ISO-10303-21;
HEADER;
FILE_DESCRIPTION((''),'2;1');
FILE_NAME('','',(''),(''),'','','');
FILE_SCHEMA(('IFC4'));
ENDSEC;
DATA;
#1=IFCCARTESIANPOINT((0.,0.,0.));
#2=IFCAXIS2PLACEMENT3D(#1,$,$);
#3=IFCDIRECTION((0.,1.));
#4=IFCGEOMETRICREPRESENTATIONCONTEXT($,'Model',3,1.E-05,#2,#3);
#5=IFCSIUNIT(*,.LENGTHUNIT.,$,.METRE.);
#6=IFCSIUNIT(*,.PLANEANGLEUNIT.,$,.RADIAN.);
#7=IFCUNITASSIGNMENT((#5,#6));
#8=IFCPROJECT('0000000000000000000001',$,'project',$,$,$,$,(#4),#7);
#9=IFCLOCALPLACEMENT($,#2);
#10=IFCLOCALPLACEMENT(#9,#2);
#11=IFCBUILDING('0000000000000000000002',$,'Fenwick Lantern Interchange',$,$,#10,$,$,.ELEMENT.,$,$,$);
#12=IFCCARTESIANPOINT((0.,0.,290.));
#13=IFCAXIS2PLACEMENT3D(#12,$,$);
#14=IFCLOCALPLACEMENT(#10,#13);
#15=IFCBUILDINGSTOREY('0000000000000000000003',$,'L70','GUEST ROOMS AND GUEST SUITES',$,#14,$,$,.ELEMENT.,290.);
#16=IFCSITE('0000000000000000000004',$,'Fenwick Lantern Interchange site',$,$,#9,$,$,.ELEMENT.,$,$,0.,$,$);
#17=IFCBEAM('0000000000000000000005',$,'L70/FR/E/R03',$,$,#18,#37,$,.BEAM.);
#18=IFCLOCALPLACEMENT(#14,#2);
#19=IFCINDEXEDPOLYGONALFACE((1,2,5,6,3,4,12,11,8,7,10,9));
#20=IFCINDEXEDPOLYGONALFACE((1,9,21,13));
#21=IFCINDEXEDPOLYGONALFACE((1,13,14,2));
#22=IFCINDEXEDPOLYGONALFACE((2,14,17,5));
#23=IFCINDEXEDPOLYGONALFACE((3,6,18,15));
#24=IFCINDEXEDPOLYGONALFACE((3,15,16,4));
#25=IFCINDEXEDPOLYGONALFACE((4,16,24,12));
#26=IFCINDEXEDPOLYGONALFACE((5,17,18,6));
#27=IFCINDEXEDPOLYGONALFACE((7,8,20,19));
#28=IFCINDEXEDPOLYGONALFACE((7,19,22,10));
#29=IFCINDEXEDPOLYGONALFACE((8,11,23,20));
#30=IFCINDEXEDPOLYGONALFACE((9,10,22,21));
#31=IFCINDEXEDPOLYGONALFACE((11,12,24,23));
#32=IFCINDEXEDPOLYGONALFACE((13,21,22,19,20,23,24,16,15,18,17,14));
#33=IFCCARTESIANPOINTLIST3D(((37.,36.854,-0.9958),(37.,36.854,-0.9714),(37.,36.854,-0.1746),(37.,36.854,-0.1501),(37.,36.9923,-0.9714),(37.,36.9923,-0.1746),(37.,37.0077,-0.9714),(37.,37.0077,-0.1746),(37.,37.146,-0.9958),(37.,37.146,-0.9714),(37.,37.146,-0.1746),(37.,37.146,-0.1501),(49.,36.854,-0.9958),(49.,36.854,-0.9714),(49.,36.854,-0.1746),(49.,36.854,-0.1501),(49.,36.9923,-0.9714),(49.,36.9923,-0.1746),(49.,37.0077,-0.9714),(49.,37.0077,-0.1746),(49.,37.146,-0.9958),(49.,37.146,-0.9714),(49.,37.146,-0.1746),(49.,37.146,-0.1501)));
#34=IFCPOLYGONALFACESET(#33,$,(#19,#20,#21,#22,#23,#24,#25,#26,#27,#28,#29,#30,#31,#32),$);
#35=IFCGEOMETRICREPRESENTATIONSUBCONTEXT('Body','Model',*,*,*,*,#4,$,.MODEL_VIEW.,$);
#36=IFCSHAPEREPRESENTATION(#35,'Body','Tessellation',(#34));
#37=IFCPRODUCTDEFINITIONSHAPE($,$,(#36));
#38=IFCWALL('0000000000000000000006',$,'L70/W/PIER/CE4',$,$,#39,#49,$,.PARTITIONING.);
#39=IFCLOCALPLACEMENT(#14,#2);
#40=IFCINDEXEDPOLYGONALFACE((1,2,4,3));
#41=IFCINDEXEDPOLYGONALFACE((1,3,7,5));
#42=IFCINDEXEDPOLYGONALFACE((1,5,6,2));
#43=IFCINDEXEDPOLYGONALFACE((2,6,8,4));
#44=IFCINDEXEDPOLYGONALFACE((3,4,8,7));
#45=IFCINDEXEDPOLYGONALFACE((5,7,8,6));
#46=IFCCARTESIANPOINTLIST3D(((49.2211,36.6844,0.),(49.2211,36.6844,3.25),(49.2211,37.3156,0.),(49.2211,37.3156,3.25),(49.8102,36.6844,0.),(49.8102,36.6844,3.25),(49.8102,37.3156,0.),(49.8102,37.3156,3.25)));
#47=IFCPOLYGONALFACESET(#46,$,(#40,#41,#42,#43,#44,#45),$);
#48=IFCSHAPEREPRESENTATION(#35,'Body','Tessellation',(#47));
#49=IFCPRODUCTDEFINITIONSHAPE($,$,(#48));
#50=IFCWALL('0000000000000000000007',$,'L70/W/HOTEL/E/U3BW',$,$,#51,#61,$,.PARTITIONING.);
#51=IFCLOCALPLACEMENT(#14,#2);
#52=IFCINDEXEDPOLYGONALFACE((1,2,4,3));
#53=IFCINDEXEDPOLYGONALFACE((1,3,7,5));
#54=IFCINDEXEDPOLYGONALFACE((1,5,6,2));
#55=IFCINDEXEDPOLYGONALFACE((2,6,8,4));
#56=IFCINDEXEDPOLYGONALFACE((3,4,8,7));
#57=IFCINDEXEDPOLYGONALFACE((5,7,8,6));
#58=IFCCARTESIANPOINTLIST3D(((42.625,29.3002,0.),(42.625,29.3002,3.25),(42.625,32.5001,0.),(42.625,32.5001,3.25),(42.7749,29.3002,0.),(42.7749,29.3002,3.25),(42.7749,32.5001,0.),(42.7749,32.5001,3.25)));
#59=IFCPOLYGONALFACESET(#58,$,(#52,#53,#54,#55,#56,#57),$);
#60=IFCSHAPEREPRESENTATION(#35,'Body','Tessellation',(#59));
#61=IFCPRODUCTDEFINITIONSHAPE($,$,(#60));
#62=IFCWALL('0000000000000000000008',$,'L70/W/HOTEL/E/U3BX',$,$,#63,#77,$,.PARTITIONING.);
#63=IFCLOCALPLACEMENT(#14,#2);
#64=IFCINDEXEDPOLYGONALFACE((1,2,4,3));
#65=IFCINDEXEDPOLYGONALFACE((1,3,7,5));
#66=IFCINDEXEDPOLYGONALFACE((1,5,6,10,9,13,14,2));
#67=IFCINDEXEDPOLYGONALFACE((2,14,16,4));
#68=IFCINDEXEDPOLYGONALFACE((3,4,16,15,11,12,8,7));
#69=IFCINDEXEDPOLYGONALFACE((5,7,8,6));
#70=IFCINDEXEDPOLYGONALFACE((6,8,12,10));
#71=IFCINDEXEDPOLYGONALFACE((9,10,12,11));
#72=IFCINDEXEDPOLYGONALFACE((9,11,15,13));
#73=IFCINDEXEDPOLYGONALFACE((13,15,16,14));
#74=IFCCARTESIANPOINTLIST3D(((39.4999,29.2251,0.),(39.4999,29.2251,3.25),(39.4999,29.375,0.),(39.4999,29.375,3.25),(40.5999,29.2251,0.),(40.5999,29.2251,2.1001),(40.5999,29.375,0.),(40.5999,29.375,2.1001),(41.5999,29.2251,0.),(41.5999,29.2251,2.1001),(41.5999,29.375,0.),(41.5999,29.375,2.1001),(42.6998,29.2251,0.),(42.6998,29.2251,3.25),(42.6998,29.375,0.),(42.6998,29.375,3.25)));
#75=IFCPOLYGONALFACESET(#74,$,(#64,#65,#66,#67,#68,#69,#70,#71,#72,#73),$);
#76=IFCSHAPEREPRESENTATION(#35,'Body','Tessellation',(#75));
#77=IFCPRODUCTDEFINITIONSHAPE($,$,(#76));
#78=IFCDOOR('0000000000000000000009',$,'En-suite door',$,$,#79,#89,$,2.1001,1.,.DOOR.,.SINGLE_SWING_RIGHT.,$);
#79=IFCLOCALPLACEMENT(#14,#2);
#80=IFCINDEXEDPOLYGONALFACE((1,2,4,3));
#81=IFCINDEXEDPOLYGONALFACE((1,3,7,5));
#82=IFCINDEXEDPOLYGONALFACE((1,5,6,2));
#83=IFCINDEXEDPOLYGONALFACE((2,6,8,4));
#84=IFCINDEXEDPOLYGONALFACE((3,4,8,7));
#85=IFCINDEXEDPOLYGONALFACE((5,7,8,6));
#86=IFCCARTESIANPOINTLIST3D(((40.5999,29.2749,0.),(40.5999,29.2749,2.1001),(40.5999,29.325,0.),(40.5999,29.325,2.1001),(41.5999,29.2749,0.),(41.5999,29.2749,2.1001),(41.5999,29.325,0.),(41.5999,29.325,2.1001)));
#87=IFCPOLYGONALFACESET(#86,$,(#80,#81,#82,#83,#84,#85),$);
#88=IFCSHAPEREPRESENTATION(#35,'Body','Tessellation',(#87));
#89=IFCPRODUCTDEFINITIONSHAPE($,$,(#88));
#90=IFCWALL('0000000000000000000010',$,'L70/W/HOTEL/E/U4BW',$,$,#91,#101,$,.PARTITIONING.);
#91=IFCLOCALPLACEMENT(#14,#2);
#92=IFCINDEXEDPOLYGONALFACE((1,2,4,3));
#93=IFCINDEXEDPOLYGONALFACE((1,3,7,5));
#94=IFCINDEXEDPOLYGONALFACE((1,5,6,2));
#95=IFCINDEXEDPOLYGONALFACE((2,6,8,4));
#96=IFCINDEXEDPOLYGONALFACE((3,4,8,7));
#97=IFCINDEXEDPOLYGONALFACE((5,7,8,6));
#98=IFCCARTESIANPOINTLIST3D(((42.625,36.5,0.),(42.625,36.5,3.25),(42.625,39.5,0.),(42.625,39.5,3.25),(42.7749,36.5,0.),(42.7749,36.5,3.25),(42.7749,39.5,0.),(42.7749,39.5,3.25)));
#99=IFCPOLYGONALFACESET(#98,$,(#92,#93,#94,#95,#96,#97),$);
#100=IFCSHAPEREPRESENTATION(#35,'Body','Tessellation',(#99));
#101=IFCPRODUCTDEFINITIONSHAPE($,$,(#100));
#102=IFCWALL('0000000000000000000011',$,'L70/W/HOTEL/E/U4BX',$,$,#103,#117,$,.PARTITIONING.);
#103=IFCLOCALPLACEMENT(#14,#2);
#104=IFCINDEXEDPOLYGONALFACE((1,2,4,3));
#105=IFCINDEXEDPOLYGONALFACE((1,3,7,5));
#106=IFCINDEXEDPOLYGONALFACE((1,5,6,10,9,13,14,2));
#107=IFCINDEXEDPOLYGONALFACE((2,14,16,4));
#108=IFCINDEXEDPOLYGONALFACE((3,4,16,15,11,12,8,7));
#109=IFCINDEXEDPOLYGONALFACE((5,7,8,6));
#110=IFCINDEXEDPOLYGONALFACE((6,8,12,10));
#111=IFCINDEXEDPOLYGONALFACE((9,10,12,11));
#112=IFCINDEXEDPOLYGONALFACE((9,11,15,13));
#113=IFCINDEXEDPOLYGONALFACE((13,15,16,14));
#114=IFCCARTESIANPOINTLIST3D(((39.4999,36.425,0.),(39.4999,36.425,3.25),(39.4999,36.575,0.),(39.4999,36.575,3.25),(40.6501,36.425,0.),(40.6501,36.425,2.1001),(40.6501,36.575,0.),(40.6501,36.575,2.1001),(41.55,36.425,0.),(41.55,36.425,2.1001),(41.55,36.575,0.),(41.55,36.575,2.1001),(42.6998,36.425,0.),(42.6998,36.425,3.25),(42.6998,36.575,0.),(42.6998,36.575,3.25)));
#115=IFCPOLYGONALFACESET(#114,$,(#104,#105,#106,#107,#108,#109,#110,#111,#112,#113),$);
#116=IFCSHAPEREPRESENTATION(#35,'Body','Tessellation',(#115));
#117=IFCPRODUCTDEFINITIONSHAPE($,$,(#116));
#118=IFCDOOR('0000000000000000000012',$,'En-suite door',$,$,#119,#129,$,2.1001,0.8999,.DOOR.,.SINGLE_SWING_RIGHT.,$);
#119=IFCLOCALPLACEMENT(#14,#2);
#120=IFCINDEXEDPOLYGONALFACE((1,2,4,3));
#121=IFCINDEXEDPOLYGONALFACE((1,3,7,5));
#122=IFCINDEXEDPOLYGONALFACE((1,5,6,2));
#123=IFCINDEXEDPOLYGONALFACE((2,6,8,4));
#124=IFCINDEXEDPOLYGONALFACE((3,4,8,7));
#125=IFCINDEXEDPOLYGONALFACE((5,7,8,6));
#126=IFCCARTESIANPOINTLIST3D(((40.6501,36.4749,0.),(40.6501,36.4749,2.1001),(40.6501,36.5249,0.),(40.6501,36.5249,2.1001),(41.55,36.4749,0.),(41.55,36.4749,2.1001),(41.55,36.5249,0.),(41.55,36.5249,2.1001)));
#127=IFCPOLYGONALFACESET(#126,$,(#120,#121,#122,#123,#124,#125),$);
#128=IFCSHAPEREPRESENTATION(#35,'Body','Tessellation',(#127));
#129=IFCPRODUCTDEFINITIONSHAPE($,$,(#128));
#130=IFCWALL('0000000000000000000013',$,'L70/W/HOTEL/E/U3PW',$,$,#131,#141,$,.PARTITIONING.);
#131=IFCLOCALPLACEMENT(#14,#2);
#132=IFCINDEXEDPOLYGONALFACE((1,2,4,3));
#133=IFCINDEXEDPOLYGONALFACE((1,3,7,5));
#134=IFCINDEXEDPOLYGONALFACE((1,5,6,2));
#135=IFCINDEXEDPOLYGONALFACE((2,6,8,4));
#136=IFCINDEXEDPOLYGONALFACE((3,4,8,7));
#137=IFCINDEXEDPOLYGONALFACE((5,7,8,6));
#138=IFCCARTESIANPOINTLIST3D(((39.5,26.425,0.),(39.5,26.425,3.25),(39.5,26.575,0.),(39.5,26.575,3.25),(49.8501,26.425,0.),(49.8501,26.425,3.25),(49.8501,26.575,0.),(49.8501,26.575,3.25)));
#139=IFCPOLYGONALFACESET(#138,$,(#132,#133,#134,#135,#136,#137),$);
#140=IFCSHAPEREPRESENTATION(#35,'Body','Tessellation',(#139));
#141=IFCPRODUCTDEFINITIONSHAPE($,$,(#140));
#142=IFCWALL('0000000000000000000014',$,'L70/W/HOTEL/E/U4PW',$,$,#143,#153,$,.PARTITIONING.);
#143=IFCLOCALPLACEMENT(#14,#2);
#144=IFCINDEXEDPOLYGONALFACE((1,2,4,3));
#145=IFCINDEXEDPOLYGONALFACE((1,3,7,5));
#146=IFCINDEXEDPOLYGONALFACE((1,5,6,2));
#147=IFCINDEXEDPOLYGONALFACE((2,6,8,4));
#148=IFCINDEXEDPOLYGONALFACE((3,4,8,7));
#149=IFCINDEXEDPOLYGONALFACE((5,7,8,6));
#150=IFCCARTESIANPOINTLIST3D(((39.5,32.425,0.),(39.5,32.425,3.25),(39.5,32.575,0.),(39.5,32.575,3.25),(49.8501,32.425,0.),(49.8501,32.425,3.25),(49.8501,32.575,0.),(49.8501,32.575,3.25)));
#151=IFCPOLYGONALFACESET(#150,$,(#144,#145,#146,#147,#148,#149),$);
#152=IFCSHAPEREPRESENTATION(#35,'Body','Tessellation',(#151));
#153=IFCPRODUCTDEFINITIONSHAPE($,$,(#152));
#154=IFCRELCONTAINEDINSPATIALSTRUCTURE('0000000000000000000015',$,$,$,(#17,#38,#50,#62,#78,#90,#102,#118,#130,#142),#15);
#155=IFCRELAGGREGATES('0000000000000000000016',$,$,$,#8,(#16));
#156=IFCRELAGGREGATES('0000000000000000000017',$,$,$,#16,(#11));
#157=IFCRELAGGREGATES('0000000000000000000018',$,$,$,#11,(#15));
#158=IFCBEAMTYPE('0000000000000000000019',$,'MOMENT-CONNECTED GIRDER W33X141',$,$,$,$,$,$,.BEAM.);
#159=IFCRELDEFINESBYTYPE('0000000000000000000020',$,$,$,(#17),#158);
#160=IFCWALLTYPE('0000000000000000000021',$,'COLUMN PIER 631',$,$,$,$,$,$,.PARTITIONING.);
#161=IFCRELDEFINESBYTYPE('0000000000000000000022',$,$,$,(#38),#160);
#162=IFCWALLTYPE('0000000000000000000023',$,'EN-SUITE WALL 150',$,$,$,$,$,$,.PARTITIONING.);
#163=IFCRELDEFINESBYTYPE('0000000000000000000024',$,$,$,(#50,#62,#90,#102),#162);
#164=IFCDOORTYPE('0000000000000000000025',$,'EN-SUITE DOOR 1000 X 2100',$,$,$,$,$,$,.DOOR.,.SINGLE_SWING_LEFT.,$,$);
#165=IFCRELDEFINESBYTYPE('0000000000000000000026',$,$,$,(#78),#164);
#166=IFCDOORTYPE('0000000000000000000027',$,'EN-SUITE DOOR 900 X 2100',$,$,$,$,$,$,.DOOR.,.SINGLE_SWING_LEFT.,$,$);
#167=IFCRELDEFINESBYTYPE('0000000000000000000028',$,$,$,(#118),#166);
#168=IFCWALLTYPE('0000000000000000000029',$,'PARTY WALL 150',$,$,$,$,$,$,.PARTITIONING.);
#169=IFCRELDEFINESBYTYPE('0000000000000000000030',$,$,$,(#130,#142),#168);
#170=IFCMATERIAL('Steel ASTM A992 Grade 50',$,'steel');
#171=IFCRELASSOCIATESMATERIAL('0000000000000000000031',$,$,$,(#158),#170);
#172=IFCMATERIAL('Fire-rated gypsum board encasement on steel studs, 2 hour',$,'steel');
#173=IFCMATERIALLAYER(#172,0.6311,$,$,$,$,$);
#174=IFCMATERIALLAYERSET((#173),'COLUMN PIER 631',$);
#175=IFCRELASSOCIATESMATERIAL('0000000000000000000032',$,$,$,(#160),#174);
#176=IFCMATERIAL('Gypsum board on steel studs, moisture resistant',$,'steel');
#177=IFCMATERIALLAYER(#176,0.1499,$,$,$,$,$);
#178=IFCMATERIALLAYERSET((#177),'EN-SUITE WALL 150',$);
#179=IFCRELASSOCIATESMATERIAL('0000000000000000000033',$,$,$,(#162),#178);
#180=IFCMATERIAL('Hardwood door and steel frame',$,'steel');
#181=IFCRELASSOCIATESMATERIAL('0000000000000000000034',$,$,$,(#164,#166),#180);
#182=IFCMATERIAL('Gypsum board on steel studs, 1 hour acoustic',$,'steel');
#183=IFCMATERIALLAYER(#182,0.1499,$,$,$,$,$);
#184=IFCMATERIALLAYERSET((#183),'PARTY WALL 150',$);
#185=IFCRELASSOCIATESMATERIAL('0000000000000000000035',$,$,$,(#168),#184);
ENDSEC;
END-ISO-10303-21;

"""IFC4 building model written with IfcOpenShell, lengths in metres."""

from ifc_helpers import new_model, si_unit, direction, frame, frame_2d, origin, origin_2d, place, context, subcontext, project, spatial, rectangle, i_section, extrude, material, layer, layer_set, material_profile, profile_set, type_object, element, fill, save


model = new_model("IFC4")

# Units and contexts
model_context = context("Model", 3, precision=1e-05, world=origin(), true_north=direction((0.0, 1.0)))
body_context = subcontext(model_context, "Body", "Model", "MODEL_VIEW")
ifc_project = project(units=[si_unit("LENGTHUNIT", "METRE"), si_unit("PLANEANGLEUNIT", "RADIAN")], contexts=[model_context])

# Site, building, storey
site_placement = place(None, origin())
site = spatial("IfcSite", under=ifc_project, at=site_placement, Name="Fenwick Lantern Interchange site", CompositionType="ELEMENT", RefElevation=0.0)
building_placement = place(site_placement, origin())
building = spatial("IfcBuilding", under=site, at=building_placement, Name="Fenwick Lantern Interchange", CompositionType="ELEMENT")
storey_placement = place(building_placement, frame((0.0, 0.0, 290.0)))
storey = spatial("IfcBuildingStorey", under=building, at=storey_placement, Name="L70", Description="GUEST ROOMS AND GUEST SUITES", CompositionType="ELEMENT", Elevation=290.0)

# Shared definitions
ifc_material_1 = material(Name="Steel ASTM A992 Grade 50", Category="steel")

# Beam
ifc_material_profile_1 = material_profile(ifc_material_1, i_section(OverallWidth=0.292, OverallDepth=0.8457, WebThickness=0.0154, FlangeThickness=0.0244, at=origin_2d()), Name="W33X141")
ifc_profile_set_1 = profile_set([ifc_material_profile_1], Name="Steel ASTM A992 Grade 50")
beam_type_1 = type_object("IfcBeamType", Name="MOMENT-CONNECTED GIRDER W33X141", PredefinedType="BEAM", material=ifc_profile_set_1)
beam_1_placement = place(storey_placement, frame((49.0, 37.0, -0.573), z_axis=(-1.0, 0.0, 0.0), x_axis=(0.0, -1.0, 0.0)))
element("IfcBeam", 1, at=beam_1_placement, inside=storey, type_object=beam_type_1, Name="L70/FR/E/R03", PredefinedType="BEAM", context=body_context, shape_type="SweptSolid", body=[
    extrude(i_section(OverallWidth=0.292, OverallDepth=0.8457, WebThickness=0.0154, FlangeThickness=0.0244, at=origin_2d()), origin(), (0.0, 0.0, 1.0), 12.0),
])

# Walls
ifc_material_2 = material(Name="Fire-rated gypsum board encasement on steel studs, 2 hour", Category="steel")
ifc_layer_1 = layer(ifc_material_2, 0.6311)
ifc_layer_set_1 = layer_set([ifc_layer_1], Name="COLUMN PIER 631")
wall_type_1 = type_object("IfcWallType", Name="COLUMN PIER 631", PredefinedType="PARTITIONING", material=ifc_layer_set_1)
wall_1_placement = place(storey_placement, frame((49.8101, 37.0, 0.0), z_axis=(0.0, 0.0, 1.0), x_axis=(-1.0, 0.0, 0.0)))
element("IfcWall", 2, at=wall_1_placement, inside=storey, type_object=wall_type_1, Name="L70/W/PIER/CE4", PredefinedType="PARTITIONING", context=body_context, shape_type="SweptSolid", body=[
    extrude(rectangle(XDim=0.5891, YDim=0.6311, at=frame_2d((0.2944, 0.0))), origin(), (0.0, 0.0, 1.0), 3.25),
])
ifc_material_3 = material(Name="Gypsum board on steel studs, moisture resistant", Category="steel")
ifc_layer_2 = layer(ifc_material_3, 0.1499)
ifc_layer_set_2 = layer_set([ifc_layer_2], Name="EN-SUITE WALL 150")
wall_type_2 = type_object("IfcWallType", Name="EN-SUITE WALL 150", PredefinedType="PARTITIONING", material=ifc_layer_set_2)
wall_2_placement = place(storey_placement, frame((42.7, 29.3, 0.0), z_axis=(0.0, 0.0, 1.0), x_axis=(0.0, 1.0, 0.0)))
element("IfcWall", 3, at=wall_2_placement, inside=storey, type_object=wall_type_2, Name="L70/W/HOTEL/E/U3BW", PredefinedType="PARTITIONING", context=body_context, shape_type="SweptSolid", body=[
    extrude(rectangle(XDim=3.2, YDim=0.1499, at=frame_2d((1.6001, 0.0))), origin(), (0.0, 0.0, 1.0), 3.25),
])

# Wall, opening, door
wall_3_placement = place(storey_placement, frame((42.7, 29.3, 0.0), z_axis=(0.0, 0.0, 1.0), x_axis=(-1.0, 0.0, 0.0)))
wall_3 = element("IfcWall", 4, at=wall_3_placement, inside=storey, type_object=wall_type_2, Name="L70/W/HOTEL/E/U3BX", PredefinedType="PARTITIONING", context=body_context, shape_type="SweptSolid", body=[
    extrude(rectangle(XDim=3.2, YDim=0.1499, at=frame_2d((1.6001, 0.0))), origin(), (0.0, 0.0, 1.0), 3.25),
])
opening_1_placement = place(wall_3_placement, frame((1.1001, 0.0, 0.0)))
opening_1 = element("IfcOpeningElement", 5, at=opening_1_placement, cuts=wall_3, PredefinedType="OPENING", context=body_context, shape_type="SweptSolid", body=[
    extrude(rectangle(XDim=1.0, YDim=2.1001, at=frame_2d((0.5, 1.05))), frame((0.0, 0.085, 0.0), z_axis=(0.0, -1.0, 0.0), x_axis=(1.0, 0.0, 0.0)), (0.0, 0.0, 1.0), 0.1699),
])
ifc_material_4 = material(Name="Hardwood door and steel frame", Category="steel")
door_type_1 = type_object("IfcDoorType", Name="EN-SUITE DOOR 1000 X 2100", OperationType="SINGLE_SWING_LEFT", PredefinedType="DOOR", material=ifc_material_4)
door_1_placement = place(opening_1_placement, frame((1.0, 0.0, 0.0), z_axis=(0.0, 0.0, 1.0), x_axis=(-1.0, 0.0, 0.0)))
door_1 = element("IfcDoor", 6, at=door_1_placement, inside=storey, type_object=door_type_1, Name="En-suite door", OperationType="SINGLE_SWING_RIGHT", OverallHeight=2.1001, OverallWidth=1.0, PredefinedType="DOOR", context=body_context, shape_type="SweptSolid", body=[
    extrude(rectangle(XDim=1.0, YDim=2.1001, at=frame_2d((0.5, 1.05))), frame((0.0, 0.0249, 0.0), z_axis=(0.0, -1.0, 0.0), x_axis=(1.0, 0.0, 0.0)), (0.0, 0.0, 1.0), 0.05),
])
fill(opening_1, door_1)

# Wall
wall_4_placement = place(storey_placement, frame((42.7, 36.5, 0.0), z_axis=(0.0, 0.0, 1.0), x_axis=(0.0, 1.0, 0.0)))
element("IfcWall", 7, at=wall_4_placement, inside=storey, type_object=wall_type_2, Name="L70/W/HOTEL/E/U4BW", PredefinedType="PARTITIONING", context=body_context, shape_type="SweptSolid", body=[
    extrude(rectangle(XDim=3.0, YDim=0.1499, at=frame_2d((1.5, 0.0))), origin(), (0.0, 0.0, 1.0), 3.25),
])

# Wall, opening, door
wall_5_placement = place(storey_placement, frame((42.7, 36.5, 0.0), z_axis=(0.0, 0.0, 1.0), x_axis=(-1.0, 0.0, 0.0)))
wall_5 = element("IfcWall", 8, at=wall_5_placement, inside=storey, type_object=wall_type_2, Name="L70/W/HOTEL/E/U4BX", PredefinedType="PARTITIONING", context=body_context, shape_type="SweptSolid", body=[
    extrude(rectangle(XDim=3.2, YDim=0.1499, at=frame_2d((1.6001, 0.0))), origin(), (0.0, 0.0, 1.0), 3.25),
])
opening_2_placement = place(wall_5_placement, frame((1.1499, 0.0, 0.0)))
opening_2 = element("IfcOpeningElement", 9, at=opening_2_placement, cuts=wall_5, PredefinedType="OPENING", context=body_context, shape_type="SweptSolid", body=[
    extrude(rectangle(XDim=0.8999, YDim=2.1001, at=frame_2d((0.45, 1.05))), frame((0.0, 0.085, 0.0), z_axis=(0.0, -1.0, 0.0), x_axis=(1.0, 0.0, 0.0)), (0.0, 0.0, 1.0), 0.1699),
])
door_type_2 = type_object("IfcDoorType", Name="EN-SUITE DOOR 900 X 2100", OperationType="SINGLE_SWING_LEFT", PredefinedType="DOOR", material=ifc_material_4)
door_2_placement = place(opening_2_placement, frame((0.8999, 0.0, 0.0), z_axis=(0.0, 0.0, 1.0), x_axis=(-1.0, 0.0, 0.0)))
door_2 = element("IfcDoor", 10, at=door_2_placement, inside=storey, type_object=door_type_2, Name="En-suite door", OperationType="SINGLE_SWING_RIGHT", OverallHeight=2.1001, OverallWidth=0.8999, PredefinedType="DOOR", context=body_context, shape_type="SweptSolid", body=[
    extrude(rectangle(XDim=0.8999, YDim=2.1001, at=frame_2d((0.45, 1.05))), frame((0.0, 0.0249, 0.0), z_axis=(0.0, -1.0, 0.0), x_axis=(1.0, 0.0, 0.0)), (0.0, 0.0, 1.0), 0.05),
])
fill(opening_2, door_2)

# Walls
ifc_material_5 = material(Name="Gypsum board on steel studs, 1 hour acoustic", Category="steel")
ifc_layer_3 = layer(ifc_material_5, 0.1499)
ifc_layer_set_3 = layer_set([ifc_layer_3], Name="PARTY WALL 150")
wall_type_3 = type_object("IfcWallType", Name="PARTY WALL 150", PredefinedType="PARTITIONING", material=ifc_layer_set_3)
for number, where, z_axis, x_axis, name in (
    (11, (49.8501, 26.5, 0.0), (0.0, 0.0, 1.0), (-1.0, 0.0, 0.0), "L70/W/HOTEL/E/U3PW"),
    (12, (49.8501, 32.5, 0.0), (0.0, 0.0, 1.0), (-1.0, 0.0, 0.0), "L70/W/HOTEL/E/U4PW"),
):
    element("IfcWall", number, at=place(storey_placement, frame(where, z_axis=z_axis, x_axis=x_axis)), inside=storey, type_object=wall_type_3, Name=name, PredefinedType="PARTITIONING", context=body_context, shape_type="SweptSolid", body=[
        extrude(rectangle(XDim=10.3501, YDim=0.1499, at=frame_2d((5.175, 0.0))), origin(), (0.0, 0.0, 1.0), 3.25),
    ])

save(model, "model.ifc")
